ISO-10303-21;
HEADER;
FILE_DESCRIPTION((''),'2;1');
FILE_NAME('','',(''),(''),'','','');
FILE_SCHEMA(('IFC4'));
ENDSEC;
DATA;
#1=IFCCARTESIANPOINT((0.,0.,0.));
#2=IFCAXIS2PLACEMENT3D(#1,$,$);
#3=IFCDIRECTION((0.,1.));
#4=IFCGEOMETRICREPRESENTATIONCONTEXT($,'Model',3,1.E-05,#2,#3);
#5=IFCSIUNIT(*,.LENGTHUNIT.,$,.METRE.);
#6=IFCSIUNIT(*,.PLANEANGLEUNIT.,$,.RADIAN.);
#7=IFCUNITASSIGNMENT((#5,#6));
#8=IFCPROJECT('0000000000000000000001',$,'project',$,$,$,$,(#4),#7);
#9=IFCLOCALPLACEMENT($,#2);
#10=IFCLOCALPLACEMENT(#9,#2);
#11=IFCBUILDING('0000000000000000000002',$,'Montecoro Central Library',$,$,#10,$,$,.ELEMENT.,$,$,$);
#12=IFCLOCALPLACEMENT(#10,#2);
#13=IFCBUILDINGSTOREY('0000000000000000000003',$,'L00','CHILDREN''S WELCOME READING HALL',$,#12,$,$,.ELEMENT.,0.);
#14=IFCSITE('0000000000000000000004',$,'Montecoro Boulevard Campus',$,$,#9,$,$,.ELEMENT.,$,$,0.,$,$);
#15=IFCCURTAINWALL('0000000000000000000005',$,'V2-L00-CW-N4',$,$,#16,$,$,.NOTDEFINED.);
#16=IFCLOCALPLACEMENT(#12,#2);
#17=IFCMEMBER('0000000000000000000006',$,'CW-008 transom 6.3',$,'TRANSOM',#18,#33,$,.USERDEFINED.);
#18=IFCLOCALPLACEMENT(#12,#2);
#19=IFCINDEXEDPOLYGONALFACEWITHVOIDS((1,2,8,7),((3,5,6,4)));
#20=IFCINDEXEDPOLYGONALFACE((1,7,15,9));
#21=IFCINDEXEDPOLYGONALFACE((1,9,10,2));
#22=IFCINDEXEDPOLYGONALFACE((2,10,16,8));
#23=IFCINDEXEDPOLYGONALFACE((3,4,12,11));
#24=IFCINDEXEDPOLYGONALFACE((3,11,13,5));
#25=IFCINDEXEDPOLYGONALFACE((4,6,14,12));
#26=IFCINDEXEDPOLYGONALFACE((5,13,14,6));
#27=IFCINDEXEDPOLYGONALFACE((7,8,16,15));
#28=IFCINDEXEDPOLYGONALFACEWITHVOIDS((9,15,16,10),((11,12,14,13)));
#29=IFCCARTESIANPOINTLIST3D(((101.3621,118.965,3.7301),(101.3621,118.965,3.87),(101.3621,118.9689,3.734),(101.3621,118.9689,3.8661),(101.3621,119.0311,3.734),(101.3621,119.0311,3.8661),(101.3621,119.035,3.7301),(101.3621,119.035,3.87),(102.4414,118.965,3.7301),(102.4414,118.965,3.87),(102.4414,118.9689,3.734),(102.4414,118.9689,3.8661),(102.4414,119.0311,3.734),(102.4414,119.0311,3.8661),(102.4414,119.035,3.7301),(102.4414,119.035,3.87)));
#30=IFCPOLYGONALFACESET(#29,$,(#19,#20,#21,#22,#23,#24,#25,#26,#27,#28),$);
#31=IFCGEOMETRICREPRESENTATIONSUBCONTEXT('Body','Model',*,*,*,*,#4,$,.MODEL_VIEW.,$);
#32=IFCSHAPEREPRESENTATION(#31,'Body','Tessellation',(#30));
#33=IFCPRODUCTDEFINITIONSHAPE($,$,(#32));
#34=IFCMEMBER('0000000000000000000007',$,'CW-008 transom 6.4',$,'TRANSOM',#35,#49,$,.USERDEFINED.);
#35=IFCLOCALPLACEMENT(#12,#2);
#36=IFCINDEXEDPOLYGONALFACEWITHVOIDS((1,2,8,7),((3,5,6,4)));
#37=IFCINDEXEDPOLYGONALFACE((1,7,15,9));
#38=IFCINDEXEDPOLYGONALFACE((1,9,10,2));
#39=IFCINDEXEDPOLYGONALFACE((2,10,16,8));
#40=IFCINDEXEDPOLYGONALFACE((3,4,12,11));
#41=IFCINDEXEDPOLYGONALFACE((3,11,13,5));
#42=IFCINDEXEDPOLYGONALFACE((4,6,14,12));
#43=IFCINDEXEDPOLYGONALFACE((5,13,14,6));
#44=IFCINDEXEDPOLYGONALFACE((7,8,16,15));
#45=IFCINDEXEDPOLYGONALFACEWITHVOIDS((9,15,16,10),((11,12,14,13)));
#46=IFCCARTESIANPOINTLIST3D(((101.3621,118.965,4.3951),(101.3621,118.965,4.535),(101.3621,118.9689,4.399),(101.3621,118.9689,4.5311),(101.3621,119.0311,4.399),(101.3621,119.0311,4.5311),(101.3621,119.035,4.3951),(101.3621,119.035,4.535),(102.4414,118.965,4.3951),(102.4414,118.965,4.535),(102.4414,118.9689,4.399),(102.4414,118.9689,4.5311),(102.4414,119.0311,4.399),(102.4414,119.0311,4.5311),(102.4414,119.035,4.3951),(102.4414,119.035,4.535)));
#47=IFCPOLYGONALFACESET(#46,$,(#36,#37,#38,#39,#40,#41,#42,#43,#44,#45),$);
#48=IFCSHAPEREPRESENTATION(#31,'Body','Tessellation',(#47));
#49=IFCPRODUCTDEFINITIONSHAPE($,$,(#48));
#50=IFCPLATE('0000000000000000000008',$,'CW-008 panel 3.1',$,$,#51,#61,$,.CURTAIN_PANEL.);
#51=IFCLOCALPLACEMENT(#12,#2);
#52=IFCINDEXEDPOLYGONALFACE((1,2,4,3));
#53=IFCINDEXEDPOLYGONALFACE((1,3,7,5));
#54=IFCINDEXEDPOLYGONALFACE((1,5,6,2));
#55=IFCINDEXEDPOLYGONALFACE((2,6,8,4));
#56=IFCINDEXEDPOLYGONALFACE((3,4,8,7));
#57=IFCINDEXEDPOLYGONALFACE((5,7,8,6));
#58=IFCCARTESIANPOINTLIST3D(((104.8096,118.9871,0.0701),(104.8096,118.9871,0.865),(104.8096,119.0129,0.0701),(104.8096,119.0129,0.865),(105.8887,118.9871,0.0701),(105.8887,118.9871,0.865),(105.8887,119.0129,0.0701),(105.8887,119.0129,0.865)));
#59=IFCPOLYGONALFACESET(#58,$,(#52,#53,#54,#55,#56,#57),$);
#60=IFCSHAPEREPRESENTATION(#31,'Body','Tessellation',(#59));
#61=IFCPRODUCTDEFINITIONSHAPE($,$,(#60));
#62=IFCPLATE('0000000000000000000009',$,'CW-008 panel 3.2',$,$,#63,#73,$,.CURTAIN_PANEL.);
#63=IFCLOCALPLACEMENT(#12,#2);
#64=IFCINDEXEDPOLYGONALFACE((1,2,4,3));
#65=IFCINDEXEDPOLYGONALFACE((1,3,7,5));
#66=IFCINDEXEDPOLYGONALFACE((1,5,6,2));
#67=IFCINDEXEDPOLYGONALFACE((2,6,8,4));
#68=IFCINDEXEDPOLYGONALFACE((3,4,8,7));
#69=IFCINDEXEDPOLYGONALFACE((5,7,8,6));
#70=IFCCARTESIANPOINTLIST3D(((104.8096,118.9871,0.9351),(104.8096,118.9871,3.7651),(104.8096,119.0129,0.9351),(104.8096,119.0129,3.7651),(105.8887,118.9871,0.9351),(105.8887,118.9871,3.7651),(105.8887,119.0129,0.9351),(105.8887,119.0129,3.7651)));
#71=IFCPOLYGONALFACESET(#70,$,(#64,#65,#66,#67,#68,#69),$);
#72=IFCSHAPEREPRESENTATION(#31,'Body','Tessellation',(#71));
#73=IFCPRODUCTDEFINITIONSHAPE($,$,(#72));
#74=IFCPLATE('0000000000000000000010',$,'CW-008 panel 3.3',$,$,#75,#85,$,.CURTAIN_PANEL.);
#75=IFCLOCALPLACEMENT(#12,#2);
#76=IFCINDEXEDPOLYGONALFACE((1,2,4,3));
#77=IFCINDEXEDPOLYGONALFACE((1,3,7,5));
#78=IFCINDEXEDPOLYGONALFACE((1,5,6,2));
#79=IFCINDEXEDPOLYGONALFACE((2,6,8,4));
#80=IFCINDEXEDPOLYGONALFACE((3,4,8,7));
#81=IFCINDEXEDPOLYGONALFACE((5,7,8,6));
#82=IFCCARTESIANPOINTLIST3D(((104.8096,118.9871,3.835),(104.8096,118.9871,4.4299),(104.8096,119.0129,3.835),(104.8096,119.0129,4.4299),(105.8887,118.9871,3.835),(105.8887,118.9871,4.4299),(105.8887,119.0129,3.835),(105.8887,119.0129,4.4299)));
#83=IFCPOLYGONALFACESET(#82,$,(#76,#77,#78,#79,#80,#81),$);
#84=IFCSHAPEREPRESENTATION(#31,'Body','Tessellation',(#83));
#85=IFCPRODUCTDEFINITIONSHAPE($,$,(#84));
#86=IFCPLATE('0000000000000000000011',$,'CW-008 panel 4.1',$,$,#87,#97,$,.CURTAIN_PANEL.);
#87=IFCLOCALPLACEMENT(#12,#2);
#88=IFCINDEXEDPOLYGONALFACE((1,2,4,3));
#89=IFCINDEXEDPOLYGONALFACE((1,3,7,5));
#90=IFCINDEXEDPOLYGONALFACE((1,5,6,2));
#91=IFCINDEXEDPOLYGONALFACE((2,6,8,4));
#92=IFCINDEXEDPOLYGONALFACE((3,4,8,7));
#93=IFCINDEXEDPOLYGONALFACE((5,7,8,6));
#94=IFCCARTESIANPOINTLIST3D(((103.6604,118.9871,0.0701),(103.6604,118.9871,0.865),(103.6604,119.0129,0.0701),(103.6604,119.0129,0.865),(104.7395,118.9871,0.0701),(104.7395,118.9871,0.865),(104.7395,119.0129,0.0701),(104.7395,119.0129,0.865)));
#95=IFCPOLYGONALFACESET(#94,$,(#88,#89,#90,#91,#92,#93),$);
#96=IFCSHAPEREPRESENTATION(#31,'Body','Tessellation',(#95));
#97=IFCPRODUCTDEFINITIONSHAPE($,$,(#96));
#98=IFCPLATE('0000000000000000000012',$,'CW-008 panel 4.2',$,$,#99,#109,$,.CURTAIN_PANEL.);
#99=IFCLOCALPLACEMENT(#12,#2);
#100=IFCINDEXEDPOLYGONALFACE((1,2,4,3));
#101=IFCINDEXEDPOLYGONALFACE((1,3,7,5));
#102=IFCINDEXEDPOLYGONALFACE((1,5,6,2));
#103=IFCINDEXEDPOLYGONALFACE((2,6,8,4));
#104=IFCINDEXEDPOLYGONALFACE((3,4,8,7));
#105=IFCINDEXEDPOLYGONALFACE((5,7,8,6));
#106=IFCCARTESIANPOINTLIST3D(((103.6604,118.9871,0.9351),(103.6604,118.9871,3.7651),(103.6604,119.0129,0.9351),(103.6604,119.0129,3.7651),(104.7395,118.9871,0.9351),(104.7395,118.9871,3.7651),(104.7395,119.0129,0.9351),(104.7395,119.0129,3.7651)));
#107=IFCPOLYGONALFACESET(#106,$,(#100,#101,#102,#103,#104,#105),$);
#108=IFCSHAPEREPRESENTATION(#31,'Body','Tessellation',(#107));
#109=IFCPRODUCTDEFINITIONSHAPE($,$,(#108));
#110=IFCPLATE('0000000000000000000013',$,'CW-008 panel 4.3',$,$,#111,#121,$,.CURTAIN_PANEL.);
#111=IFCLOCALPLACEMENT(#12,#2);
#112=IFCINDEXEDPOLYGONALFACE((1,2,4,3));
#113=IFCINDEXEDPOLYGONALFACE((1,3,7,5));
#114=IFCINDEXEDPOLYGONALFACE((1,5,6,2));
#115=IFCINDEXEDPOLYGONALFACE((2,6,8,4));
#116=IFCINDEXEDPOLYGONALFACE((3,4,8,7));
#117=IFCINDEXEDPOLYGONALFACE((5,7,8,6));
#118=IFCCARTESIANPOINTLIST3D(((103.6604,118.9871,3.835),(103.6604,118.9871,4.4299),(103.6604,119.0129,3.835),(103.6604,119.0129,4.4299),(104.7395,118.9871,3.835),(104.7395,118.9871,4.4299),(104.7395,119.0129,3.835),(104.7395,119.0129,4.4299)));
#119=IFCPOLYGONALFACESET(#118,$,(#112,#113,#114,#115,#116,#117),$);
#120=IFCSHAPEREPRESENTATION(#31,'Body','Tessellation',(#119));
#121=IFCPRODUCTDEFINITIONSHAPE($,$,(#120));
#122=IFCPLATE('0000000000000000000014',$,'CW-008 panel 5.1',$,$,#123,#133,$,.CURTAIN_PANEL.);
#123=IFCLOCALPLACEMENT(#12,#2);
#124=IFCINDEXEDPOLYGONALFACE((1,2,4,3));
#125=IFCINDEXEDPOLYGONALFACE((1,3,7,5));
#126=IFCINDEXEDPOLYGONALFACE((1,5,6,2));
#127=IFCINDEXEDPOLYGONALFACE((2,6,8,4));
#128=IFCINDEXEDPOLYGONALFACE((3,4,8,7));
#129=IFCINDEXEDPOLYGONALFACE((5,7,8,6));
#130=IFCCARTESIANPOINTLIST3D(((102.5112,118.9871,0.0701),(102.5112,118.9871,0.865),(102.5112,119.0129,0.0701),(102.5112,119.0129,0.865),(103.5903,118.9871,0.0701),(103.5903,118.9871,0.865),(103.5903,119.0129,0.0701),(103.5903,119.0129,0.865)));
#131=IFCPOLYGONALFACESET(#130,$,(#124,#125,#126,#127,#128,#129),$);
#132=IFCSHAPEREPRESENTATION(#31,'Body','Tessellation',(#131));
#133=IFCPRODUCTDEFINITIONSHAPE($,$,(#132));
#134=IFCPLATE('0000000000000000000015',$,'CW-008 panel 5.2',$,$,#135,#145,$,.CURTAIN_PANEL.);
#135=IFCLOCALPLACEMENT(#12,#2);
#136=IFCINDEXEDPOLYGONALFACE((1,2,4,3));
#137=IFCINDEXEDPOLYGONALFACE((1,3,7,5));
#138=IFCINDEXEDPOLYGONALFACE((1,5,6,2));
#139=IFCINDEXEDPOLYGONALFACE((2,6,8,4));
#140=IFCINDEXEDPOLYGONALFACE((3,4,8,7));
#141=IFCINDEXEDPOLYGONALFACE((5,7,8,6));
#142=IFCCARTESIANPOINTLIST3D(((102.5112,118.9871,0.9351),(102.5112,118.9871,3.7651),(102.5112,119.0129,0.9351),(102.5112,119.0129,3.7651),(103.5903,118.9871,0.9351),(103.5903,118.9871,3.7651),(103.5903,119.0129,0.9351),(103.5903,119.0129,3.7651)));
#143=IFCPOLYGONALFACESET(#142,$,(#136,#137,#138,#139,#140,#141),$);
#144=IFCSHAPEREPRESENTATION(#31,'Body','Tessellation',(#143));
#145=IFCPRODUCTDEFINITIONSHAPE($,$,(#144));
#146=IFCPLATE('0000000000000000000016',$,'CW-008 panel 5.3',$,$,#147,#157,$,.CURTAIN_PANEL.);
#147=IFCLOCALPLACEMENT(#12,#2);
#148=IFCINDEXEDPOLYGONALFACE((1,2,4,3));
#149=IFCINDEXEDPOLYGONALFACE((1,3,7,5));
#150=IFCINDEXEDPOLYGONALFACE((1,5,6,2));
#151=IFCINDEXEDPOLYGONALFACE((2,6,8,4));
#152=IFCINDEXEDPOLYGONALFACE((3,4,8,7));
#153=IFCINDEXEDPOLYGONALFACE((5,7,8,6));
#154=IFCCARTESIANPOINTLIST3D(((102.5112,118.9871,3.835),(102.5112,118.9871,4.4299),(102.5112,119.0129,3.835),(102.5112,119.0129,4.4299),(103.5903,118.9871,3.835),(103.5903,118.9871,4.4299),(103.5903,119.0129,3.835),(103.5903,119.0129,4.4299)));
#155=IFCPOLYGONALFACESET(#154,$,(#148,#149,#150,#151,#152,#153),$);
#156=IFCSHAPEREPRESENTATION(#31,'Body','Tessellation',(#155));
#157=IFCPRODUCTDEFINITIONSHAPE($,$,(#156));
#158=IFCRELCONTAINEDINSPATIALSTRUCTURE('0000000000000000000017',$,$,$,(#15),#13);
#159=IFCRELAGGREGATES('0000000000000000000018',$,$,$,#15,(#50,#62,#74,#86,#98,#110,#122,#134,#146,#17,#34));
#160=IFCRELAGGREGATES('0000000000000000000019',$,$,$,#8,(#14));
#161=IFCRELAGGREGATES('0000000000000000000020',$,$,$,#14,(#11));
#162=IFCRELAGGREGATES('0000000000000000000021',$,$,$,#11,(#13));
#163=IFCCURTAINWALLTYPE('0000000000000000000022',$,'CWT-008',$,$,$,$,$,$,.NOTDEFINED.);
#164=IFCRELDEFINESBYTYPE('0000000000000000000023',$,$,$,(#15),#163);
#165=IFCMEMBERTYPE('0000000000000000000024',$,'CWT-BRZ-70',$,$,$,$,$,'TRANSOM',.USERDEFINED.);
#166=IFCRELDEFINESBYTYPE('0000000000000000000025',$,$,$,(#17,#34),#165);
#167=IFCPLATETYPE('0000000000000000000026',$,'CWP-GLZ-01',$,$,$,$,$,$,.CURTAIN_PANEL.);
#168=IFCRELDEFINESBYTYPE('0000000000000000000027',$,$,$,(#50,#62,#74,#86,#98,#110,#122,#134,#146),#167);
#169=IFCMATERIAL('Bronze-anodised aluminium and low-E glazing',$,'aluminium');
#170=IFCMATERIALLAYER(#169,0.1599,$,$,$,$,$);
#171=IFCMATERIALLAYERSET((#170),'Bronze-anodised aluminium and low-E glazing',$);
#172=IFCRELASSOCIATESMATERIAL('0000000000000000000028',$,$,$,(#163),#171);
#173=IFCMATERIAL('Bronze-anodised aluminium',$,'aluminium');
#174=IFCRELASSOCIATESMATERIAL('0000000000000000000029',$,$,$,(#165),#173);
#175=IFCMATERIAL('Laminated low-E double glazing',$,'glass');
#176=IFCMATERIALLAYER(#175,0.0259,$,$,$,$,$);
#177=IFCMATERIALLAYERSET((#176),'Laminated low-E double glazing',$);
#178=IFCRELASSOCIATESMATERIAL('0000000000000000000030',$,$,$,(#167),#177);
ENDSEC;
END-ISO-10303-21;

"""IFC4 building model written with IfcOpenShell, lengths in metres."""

from ifc_helpers import new_model, si_unit, direction, frame, origin, origin_2d, place, context, subcontext, project, spatial, rectangle, hollow_rectangle, extrude, material, layer, layer_set, material_profile, profile_set, type_object, element, aggregate, save


model = new_model("IFC4")

# Units and contexts
model_context = context("Model", 3, precision=1e-05, world=origin(), true_north=direction((0.0, 1.0)))
body_context = subcontext(model_context, "Body", "Model", "MODEL_VIEW")
ifc_project = project(units=[si_unit("LENGTHUNIT", "METRE"), si_unit("PLANEANGLEUNIT", "RADIAN")], contexts=[model_context])

# Site, building, storey
site_placement = place(None, origin())
site = spatial("IfcSite", under=ifc_project, at=site_placement, Name="Montecoro Boulevard Campus", CompositionType="ELEMENT", RefElevation=0.0)
building_placement = place(site_placement, origin())
building = spatial("IfcBuilding", under=site, at=building_placement, Name="Montecoro Central Library", CompositionType="ELEMENT")
storey_placement = place(building_placement, origin())
storey = spatial("IfcBuildingStorey", under=building, at=storey_placement, Name="L00", Description="CHILDREN'S WELCOME READING HALL", CompositionType="ELEMENT", Elevation=0.0)

# Curtain wall, members, plates
ifc_material_1 = material(Name="Bronze-anodised aluminium and low-E glazing", Category="aluminium")
ifc_layer_1 = layer(ifc_material_1, 0.1599)
ifc_layer_set_1 = layer_set([ifc_layer_1], Name="Bronze-anodised aluminium and low-E glazing")
curtain_wall_type = type_object("IfcCurtainWallType", Name="CWT-008", PredefinedType="NOTDEFINED", material=ifc_layer_set_1)
curtain_wall_placement = place(storey_placement, origin())
curtain_wall = element("IfcCurtainWall", 1, at=curtain_wall_placement, inside=storey, type_object=curtain_wall_type, Name="V2-L00-CW-N4", PredefinedType="NOTDEFINED")
ifc_material_2 = material(Name="Bronze-anodised aluminium", Category="aluminium")
ifc_material_profile_1 = material_profile(ifc_material_2, hollow_rectangle(XDim=0.0701, YDim=0.1399, WallThickness=0.0039, at=origin_2d()), Name="CWT 140x70x4.0")
ifc_profile_set_1 = profile_set([ifc_material_profile_1], Name="Bronze-anodised aluminium")
member_type_1 = type_object("IfcMemberType", Name="CWT-BRZ-70", ElementType="TRANSOM", PredefinedType="USERDEFINED", material=ifc_profile_set_1)
member_1_placement = place(storey_placement, frame((102.4414, 119.0, 3.8), z_axis=(-1.0, 0.0, 0.0), x_axis=(0.0, -1.0, 0.0)))
member_1 = element("IfcMember", 2, at=member_1_placement, type_object=member_type_1, Name="CW-008 transom 6.3", ObjectType="TRANSOM", PredefinedType="USERDEFINED", context=body_context, shape_type="SweptSolid", body=[
    extrude(hollow_rectangle(XDim=0.0701, YDim=0.1399, WallThickness=0.0039, at=origin_2d()), origin(), (0.0, 0.0, 1.0), 1.0793),
])
member_2_placement = place(storey_placement, frame((102.4414, 119.0, 4.4651), z_axis=(-1.0, 0.0, 0.0), x_axis=(0.0, -1.0, 0.0)))
member_2 = element("IfcMember", 3, at=member_2_placement, type_object=member_type_1, Name="CW-008 transom 6.4", ObjectType="TRANSOM", PredefinedType="USERDEFINED", context=body_context, shape_type="SweptSolid", body=[
    extrude(hollow_rectangle(XDim=0.0701, YDim=0.1399, WallThickness=0.0039, at=origin_2d()), origin(), (0.0, 0.0, 1.0), 1.0793),
])
ifc_material_3 = material(Name="Laminated low-E double glazing", Category="glass")
ifc_layer_2 = layer(ifc_material_3, 0.0259)
ifc_layer_set_2 = layer_set([ifc_layer_2], Name="Laminated low-E double glazing")
plate_type = type_object("IfcPlateType", Name="CWP-GLZ-01", PredefinedType="CURTAIN_PANEL", material=ifc_layer_set_2)
plate_1_placement = place(storey_placement, frame((105.3491, 119.0, 0.0701), z_axis=(0.0, 0.0, 1.0), x_axis=(-1.0, 0.0, 0.0)))
plate_1 = element("IfcPlate", 4, at=plate_1_placement, type_object=plate_type, Name="CW-008 panel 3.1", PredefinedType="CURTAIN_PANEL", context=body_context, shape_type="SweptSolid", body=[
    extrude(rectangle(XDim=1.0791, YDim=0.0259, at=origin_2d()), origin(), (0.0, 0.0, 1.0), 0.7949),
])
plate_2_placement = place(storey_placement, frame((105.3491, 119.0, 0.9351), z_axis=(0.0, 0.0, 1.0), x_axis=(-1.0, 0.0, 0.0)))
plate_2 = element("IfcPlate", 5, at=plate_2_placement, type_object=plate_type, Name="CW-008 panel 3.2", PredefinedType="CURTAIN_PANEL", context=body_context, shape_type="SweptSolid", body=[
    extrude(rectangle(XDim=1.0791, YDim=0.0259, at=origin_2d()), origin(), (0.0, 0.0, 1.0), 2.8301),
])
plate_3_placement = place(storey_placement, frame((105.3491, 119.0, 3.835), z_axis=(0.0, 0.0, 1.0), x_axis=(-1.0, 0.0, 0.0)))
plate_3 = element("IfcPlate", 6, at=plate_3_placement, type_object=plate_type, Name="CW-008 panel 3.3", PredefinedType="CURTAIN_PANEL", context=body_context, shape_type="SweptSolid", body=[
    extrude(rectangle(XDim=1.0791, YDim=0.0259, at=origin_2d()), origin(), (0.0, 0.0, 1.0), 0.595),
])
plate_4_placement = place(storey_placement, frame((104.2, 119.0, 0.0701), z_axis=(0.0, 0.0, 1.0), x_axis=(-1.0, 0.0, 0.0)))
plate_4 = element("IfcPlate", 7, at=plate_4_placement, type_object=plate_type, Name="CW-008 panel 4.1", PredefinedType="CURTAIN_PANEL", context=body_context, shape_type="SweptSolid", body=[
    extrude(rectangle(XDim=1.0791, YDim=0.0259, at=origin_2d()), origin(), (0.0, 0.0, 1.0), 0.7949),
])
plate_5_placement = place(storey_placement, frame((104.2, 119.0, 0.9351), z_axis=(0.0, 0.0, 1.0), x_axis=(-1.0, 0.0, 0.0)))
plate_5 = element("IfcPlate", 8, at=plate_5_placement, type_object=plate_type, Name="CW-008 panel 4.2", PredefinedType="CURTAIN_PANEL", context=body_context, shape_type="SweptSolid", body=[
    extrude(rectangle(XDim=1.0791, YDim=0.0259, at=origin_2d()), origin(), (0.0, 0.0, 1.0), 2.8301),
])
plate_6_placement = place(storey_placement, frame((104.2, 119.0, 3.835), z_axis=(0.0, 0.0, 1.0), x_axis=(-1.0, 0.0, 0.0)))
plate_6 = element("IfcPlate", 9, at=plate_6_placement, type_object=plate_type, Name="CW-008 panel 4.3", PredefinedType="CURTAIN_PANEL", context=body_context, shape_type="SweptSolid", body=[
    extrude(rectangle(XDim=1.0791, YDim=0.0259, at=origin_2d()), origin(), (0.0, 0.0, 1.0), 0.595),
])
plate_7_placement = place(storey_placement, frame((103.0508, 119.0, 0.0701), z_axis=(0.0, 0.0, 1.0), x_axis=(-1.0, 0.0, 0.0)))
plate_7 = element("IfcPlate", 10, at=plate_7_placement, type_object=plate_type, Name="CW-008 panel 5.1", PredefinedType="CURTAIN_PANEL", context=body_context, shape_type="SweptSolid", body=[
    extrude(rectangle(XDim=1.0791, YDim=0.0259, at=origin_2d()), origin(), (0.0, 0.0, 1.0), 0.7949),
])
plate_8_placement = place(storey_placement, frame((103.0508, 119.0, 0.9351), z_axis=(0.0, 0.0, 1.0), x_axis=(-1.0, 0.0, 0.0)))
plate_8 = element("IfcPlate", 11, at=plate_8_placement, type_object=plate_type, Name="CW-008 panel 5.2", PredefinedType="CURTAIN_PANEL", context=body_context, shape_type="SweptSolid", body=[
    extrude(rectangle(XDim=1.0791, YDim=0.0259, at=origin_2d()), origin(), (0.0, 0.0, 1.0), 2.8301),
])
plate_9_placement = place(storey_placement, frame((103.0508, 119.0, 3.835), z_axis=(0.0, 0.0, 1.0), x_axis=(-1.0, 0.0, 0.0)))
plate_9 = element("IfcPlate", 12, at=plate_9_placement, type_object=plate_type, Name="CW-008 panel 5.3", PredefinedType="CURTAIN_PANEL", context=body_context, shape_type="SweptSolid", body=[
    extrude(rectangle(XDim=1.0791, YDim=0.0259, at=origin_2d()), origin(), (0.0, 0.0, 1.0), 0.595),
])
aggregate(curtain_wall, [plate_1, plate_2, plate_3, plate_4, plate_5, plate_6, plate_7, plate_8, plate_9, member_1, member_2])

save(model, "model.ifc")
